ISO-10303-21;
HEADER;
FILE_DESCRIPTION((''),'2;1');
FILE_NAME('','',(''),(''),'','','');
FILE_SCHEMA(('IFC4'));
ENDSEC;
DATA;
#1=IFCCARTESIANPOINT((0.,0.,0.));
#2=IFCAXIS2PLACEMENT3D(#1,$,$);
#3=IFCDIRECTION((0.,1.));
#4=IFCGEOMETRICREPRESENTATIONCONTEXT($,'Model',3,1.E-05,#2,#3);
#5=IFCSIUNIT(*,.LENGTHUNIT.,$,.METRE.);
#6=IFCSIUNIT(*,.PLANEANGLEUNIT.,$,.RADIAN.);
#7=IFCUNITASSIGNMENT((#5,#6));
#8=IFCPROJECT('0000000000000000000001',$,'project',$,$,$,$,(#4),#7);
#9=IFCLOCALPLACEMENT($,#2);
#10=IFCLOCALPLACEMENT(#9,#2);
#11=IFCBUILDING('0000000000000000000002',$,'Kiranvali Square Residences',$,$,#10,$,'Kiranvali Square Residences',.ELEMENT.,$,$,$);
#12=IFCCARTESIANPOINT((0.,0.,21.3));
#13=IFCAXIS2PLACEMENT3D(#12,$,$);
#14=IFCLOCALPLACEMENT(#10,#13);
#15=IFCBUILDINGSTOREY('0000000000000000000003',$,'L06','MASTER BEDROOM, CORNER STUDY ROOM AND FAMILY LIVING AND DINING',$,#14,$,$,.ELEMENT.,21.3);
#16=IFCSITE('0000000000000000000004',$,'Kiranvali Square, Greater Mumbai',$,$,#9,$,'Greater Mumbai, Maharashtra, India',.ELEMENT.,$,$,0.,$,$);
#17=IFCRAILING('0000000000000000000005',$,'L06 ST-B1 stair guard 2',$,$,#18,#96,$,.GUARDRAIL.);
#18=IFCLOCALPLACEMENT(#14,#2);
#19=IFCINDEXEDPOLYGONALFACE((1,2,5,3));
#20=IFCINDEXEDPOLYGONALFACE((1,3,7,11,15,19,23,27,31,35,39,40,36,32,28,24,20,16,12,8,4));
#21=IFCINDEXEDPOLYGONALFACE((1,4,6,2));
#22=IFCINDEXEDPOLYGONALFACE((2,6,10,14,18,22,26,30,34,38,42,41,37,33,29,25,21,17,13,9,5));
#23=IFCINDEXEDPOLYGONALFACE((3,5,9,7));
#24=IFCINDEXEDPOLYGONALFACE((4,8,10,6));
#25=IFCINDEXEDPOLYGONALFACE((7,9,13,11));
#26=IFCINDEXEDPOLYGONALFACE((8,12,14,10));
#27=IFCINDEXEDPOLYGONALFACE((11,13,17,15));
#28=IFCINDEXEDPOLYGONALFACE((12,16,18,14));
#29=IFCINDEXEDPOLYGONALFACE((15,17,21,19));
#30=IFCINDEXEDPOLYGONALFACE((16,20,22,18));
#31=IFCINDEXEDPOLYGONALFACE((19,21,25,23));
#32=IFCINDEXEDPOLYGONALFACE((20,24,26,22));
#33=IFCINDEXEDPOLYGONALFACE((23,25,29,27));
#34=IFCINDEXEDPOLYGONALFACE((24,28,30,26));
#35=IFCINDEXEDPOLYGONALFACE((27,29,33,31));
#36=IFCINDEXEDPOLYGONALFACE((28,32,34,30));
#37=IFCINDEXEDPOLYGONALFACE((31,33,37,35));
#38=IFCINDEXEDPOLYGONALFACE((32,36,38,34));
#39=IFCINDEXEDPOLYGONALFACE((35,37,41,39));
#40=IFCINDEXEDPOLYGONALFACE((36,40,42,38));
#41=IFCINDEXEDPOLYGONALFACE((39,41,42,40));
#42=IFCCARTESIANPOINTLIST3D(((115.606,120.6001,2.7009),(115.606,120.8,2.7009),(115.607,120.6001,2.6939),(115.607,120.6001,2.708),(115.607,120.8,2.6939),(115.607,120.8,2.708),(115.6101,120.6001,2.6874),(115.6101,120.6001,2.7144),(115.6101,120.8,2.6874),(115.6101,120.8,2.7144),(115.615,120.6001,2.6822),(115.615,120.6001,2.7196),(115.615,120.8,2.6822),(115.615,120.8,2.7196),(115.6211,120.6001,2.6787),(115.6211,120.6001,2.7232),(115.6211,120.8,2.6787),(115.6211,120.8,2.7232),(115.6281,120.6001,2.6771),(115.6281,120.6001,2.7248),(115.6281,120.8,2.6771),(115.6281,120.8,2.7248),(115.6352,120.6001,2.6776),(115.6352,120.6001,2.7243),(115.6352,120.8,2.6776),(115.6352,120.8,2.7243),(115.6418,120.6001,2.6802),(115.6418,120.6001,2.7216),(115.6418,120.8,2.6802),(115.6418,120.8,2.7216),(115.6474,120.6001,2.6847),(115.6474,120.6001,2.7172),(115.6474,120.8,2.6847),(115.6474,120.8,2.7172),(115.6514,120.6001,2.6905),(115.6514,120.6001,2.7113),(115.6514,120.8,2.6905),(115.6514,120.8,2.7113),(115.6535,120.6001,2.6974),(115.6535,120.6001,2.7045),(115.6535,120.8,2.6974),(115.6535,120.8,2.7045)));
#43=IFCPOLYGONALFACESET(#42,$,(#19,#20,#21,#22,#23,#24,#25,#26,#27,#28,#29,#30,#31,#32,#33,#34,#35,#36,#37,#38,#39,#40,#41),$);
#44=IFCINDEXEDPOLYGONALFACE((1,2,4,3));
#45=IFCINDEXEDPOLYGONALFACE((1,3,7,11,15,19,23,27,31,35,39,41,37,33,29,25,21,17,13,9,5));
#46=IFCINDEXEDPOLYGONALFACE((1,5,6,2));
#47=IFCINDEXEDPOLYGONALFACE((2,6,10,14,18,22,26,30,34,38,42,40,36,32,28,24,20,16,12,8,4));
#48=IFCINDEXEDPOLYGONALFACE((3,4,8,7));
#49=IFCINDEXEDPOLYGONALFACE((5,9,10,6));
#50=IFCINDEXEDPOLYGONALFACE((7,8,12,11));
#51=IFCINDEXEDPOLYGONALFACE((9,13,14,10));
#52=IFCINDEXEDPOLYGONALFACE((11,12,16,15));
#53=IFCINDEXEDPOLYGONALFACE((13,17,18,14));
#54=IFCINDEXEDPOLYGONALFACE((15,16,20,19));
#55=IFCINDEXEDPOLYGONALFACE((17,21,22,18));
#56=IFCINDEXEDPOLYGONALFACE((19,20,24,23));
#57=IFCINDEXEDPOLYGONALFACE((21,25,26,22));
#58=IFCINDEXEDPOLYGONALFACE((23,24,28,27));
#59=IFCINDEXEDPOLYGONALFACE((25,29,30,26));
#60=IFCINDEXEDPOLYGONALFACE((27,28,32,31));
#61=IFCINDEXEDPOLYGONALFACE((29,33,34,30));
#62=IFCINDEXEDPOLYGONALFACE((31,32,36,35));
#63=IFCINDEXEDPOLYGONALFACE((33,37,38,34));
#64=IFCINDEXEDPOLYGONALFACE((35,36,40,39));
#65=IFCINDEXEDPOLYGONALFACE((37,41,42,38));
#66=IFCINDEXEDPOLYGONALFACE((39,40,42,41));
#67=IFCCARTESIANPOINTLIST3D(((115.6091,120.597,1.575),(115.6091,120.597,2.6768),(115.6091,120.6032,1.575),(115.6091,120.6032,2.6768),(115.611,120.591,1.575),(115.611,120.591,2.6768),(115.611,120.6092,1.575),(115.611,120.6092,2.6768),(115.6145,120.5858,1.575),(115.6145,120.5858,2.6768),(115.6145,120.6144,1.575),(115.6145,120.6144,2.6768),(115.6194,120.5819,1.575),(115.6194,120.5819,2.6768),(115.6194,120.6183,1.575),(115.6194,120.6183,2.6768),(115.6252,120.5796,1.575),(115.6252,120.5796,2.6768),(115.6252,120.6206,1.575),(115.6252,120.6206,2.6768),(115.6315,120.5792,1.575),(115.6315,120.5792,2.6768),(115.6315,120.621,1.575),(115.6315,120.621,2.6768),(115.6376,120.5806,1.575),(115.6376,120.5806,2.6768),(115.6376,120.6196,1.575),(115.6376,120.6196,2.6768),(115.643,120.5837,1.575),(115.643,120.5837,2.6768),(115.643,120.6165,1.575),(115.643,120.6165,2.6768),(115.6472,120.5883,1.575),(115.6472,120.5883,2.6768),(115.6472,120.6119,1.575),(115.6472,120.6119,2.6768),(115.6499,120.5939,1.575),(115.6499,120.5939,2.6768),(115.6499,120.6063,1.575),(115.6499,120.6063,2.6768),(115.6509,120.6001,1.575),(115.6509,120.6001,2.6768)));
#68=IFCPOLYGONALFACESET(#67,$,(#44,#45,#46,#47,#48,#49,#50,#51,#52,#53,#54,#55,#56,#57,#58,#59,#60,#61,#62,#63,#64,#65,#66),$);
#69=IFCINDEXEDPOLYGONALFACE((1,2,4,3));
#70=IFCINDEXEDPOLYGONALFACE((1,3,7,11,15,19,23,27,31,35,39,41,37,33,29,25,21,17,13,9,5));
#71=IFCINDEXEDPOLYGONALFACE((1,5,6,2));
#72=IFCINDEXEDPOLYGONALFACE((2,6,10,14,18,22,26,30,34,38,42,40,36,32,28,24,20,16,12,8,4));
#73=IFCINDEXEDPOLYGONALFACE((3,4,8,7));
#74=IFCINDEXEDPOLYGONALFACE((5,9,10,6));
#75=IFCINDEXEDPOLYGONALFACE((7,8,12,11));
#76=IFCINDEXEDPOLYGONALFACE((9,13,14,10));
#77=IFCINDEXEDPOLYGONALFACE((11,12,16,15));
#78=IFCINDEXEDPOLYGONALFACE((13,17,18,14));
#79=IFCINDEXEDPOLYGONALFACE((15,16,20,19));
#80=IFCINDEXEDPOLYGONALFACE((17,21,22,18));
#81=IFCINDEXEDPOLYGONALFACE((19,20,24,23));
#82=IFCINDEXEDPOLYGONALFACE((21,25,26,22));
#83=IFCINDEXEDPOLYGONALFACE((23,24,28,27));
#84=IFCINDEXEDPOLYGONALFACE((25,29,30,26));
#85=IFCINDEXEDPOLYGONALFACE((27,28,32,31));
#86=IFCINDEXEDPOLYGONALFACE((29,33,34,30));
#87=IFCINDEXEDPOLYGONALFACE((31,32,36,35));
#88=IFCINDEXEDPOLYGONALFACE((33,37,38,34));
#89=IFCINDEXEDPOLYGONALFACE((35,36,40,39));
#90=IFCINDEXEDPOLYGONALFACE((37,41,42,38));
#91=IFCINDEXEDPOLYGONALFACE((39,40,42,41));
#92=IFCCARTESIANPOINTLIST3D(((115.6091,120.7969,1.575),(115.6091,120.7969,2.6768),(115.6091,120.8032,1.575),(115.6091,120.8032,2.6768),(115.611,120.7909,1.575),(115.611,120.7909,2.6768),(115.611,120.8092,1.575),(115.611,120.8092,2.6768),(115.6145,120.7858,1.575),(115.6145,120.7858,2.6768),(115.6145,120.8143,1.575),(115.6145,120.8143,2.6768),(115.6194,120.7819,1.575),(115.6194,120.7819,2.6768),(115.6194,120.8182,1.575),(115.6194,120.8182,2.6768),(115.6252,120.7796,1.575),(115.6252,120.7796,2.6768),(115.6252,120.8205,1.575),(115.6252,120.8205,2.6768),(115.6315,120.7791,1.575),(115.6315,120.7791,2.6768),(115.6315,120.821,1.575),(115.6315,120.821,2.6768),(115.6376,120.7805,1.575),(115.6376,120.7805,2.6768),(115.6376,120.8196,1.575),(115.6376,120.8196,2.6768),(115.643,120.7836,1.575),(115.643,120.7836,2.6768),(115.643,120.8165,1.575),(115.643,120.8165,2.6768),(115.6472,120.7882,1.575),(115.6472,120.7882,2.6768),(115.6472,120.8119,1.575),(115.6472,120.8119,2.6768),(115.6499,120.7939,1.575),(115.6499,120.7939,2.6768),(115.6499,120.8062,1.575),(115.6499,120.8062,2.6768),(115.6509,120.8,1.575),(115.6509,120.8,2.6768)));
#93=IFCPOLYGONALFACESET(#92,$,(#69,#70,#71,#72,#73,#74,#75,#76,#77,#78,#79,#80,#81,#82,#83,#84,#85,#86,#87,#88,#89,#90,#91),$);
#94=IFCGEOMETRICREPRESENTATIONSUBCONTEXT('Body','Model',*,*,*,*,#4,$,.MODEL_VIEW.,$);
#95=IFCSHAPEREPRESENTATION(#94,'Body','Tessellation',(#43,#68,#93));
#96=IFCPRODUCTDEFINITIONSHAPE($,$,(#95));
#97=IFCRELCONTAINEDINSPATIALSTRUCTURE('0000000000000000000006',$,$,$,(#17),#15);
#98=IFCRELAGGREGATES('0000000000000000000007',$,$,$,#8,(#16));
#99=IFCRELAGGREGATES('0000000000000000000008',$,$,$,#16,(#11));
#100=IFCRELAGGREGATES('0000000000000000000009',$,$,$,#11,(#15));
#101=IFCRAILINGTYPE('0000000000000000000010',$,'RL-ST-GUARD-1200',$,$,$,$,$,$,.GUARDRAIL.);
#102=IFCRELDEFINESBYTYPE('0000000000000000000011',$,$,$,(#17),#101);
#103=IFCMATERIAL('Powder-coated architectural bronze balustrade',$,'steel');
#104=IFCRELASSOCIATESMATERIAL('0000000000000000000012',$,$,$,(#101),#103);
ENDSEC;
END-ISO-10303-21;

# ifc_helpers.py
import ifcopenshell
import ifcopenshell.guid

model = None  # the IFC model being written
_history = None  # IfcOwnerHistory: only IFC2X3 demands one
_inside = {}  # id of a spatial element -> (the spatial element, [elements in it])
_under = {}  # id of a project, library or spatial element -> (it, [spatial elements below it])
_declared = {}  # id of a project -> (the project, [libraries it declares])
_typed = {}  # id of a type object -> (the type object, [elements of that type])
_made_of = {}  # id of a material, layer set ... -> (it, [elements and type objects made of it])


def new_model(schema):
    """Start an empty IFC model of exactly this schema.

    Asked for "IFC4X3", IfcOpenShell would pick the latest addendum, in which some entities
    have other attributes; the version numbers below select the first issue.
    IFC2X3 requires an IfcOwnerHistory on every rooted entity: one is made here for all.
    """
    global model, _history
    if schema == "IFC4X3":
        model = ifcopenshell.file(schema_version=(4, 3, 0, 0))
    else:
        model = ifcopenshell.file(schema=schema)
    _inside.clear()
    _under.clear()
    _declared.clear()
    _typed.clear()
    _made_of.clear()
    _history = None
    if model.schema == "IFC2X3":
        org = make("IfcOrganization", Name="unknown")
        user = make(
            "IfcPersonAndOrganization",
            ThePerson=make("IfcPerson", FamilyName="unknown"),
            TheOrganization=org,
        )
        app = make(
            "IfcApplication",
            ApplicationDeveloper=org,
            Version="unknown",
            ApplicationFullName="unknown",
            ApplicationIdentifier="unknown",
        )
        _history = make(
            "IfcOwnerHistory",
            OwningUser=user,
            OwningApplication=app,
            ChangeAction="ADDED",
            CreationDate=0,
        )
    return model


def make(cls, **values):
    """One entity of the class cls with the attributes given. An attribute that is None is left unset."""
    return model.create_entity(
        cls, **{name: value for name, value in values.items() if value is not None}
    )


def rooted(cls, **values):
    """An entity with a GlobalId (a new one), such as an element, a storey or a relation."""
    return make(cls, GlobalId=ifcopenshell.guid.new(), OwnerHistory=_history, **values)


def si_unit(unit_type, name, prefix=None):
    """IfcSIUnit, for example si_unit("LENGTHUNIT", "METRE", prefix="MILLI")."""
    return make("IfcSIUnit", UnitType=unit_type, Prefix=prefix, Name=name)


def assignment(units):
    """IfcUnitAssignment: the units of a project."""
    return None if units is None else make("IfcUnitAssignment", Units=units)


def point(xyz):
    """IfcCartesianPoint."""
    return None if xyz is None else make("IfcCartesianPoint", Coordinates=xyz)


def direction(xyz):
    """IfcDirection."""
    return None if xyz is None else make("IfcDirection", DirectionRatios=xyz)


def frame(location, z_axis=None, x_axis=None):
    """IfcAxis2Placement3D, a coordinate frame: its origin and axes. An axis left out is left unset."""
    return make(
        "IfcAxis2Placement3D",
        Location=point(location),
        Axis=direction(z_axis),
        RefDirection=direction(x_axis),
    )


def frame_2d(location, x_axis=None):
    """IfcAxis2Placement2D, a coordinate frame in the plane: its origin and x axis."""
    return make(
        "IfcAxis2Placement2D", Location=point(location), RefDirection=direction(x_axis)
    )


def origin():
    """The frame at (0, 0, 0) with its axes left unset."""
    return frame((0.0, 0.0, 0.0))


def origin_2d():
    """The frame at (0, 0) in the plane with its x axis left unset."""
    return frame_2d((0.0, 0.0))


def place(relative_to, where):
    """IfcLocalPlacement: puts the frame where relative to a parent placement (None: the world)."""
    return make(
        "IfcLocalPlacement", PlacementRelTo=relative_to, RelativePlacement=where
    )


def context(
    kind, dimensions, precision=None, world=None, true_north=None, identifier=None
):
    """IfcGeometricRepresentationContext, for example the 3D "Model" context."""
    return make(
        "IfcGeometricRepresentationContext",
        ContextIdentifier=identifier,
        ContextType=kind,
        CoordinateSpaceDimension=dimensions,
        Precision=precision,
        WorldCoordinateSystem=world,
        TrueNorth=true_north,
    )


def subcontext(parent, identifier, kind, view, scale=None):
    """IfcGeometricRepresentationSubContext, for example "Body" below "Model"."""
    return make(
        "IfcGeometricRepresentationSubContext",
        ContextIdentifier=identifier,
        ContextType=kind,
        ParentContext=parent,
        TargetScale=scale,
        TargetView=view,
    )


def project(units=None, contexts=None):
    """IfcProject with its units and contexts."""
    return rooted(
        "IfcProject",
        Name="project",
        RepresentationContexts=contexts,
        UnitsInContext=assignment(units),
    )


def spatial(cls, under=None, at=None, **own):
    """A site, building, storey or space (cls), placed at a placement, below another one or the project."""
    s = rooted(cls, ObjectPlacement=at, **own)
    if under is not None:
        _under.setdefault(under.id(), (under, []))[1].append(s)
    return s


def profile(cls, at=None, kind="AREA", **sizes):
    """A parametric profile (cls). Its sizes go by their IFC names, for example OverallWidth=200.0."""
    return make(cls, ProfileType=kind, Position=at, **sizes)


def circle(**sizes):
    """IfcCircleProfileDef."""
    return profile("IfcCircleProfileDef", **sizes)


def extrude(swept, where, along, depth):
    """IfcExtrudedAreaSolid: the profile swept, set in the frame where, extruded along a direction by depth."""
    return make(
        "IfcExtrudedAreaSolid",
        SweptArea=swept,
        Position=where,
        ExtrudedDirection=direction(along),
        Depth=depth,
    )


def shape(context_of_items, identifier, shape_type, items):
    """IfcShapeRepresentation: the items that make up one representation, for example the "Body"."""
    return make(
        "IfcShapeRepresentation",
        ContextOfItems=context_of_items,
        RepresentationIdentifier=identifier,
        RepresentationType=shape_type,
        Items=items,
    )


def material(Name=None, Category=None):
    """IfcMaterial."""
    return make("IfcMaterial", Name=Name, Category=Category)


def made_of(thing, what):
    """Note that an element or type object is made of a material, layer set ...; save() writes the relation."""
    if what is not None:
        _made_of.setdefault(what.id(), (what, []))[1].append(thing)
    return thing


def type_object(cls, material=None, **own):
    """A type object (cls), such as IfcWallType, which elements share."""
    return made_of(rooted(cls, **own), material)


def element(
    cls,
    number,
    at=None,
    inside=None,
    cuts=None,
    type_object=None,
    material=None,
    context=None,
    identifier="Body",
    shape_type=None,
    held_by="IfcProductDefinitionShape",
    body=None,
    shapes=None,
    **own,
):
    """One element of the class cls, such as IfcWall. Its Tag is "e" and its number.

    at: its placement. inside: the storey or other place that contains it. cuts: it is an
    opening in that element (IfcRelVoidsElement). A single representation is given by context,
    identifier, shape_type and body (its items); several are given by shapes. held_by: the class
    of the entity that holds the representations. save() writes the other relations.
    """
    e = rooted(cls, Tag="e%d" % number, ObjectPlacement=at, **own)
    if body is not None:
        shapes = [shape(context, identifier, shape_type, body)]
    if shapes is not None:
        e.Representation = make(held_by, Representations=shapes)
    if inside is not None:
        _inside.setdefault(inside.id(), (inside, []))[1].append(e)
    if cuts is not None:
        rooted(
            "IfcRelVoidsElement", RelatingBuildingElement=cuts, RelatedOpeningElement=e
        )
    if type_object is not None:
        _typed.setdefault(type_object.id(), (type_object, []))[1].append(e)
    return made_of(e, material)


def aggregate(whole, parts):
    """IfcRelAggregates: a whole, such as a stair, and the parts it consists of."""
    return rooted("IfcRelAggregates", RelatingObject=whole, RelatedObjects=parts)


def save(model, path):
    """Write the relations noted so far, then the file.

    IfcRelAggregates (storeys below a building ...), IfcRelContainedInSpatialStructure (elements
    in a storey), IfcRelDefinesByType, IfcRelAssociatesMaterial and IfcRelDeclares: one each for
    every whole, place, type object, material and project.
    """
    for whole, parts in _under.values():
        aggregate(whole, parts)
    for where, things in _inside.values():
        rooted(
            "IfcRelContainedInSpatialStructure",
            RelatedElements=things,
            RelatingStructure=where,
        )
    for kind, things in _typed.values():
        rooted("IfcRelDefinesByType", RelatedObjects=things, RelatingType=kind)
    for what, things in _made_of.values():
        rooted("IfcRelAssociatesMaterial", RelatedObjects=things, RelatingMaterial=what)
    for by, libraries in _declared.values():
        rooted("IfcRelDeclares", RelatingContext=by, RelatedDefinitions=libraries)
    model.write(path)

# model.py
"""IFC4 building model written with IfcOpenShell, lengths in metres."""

from ifc_helpers import new_model, si_unit, direction, frame, origin, origin_2d, place, context, subcontext, project, spatial, circle, extrude, material, type_object, element, save


model = new_model("IFC4")

# Units and contexts
model_context = context("Model", 3, precision=1e-05, world=origin(), true_north=direction((0.0, 1.0)))
body_context = subcontext(model_context, "Body", "Model", "MODEL_VIEW")
ifc_project = project(units=[si_unit("LENGTHUNIT", "METRE"), si_unit("PLANEANGLEUNIT", "RADIAN")], contexts=[model_context])

# Site, building, storey
site_placement = place(None, origin())
site = spatial("IfcSite", under=ifc_project, at=site_placement, Name="Kiranvali Square, Greater Mumbai", LongName="Greater Mumbai, Maharashtra, India", CompositionType="ELEMENT", RefElevation=0.0)
building_placement = place(site_placement, origin())
building = spatial("IfcBuilding", under=site, at=building_placement, Name="Kiranvali Square Residences", LongName="Kiranvali Square Residences", CompositionType="ELEMENT")
storey_placement = place(building_placement, frame((0.0, 0.0, 21.3)))
storey = spatial("IfcBuildingStorey", under=building, at=storey_placement, Name="L06", Description="MASTER BEDROOM, CORNER STUDY ROOM AND FAMILY LIVING AND DINING", CompositionType="ELEMENT", Elevation=21.3)

# Railing
ifc_material_1 = material(Name="Powder-coated architectural bronze balustrade", Category="steel")
railing_type_1 = type_object("IfcRailingType", Name="RL-ST-GUARD-1200", PredefinedType="GUARDRAIL", material=ifc_material_1)
railing_1_placement = place(storey_placement, frame((115.6299, 120.6001, 1.575)))
element("IfcRailing", 1, at=railing_1_placement, inside=storey, type_object=railing_type_1, Name="L06 ST-B1 stair guard 2", PredefinedType="GUARDRAIL", context=body_context, shape_type="SweptSolid", body=[
    extrude(circle(Radius=0.0239, at=origin_2d()), frame((0.0, 0.0, 1.126), z_axis=(0.0, 1.0, 0.0), x_axis=(-1.0, 0.0, 0.0)), (0.0, 0.0, 1.0), 0.2),
    extrude(circle(Radius=0.021, at=origin_2d()), origin(), (0.0, 0.0, 1.0), 1.1018),
    extrude(circle(Radius=0.021, at=origin_2d()), frame((0.0, 0.2, 0.0)), (0.0, 0.0, 1.0), 1.1018),
])

save(model, "model.ifc")
